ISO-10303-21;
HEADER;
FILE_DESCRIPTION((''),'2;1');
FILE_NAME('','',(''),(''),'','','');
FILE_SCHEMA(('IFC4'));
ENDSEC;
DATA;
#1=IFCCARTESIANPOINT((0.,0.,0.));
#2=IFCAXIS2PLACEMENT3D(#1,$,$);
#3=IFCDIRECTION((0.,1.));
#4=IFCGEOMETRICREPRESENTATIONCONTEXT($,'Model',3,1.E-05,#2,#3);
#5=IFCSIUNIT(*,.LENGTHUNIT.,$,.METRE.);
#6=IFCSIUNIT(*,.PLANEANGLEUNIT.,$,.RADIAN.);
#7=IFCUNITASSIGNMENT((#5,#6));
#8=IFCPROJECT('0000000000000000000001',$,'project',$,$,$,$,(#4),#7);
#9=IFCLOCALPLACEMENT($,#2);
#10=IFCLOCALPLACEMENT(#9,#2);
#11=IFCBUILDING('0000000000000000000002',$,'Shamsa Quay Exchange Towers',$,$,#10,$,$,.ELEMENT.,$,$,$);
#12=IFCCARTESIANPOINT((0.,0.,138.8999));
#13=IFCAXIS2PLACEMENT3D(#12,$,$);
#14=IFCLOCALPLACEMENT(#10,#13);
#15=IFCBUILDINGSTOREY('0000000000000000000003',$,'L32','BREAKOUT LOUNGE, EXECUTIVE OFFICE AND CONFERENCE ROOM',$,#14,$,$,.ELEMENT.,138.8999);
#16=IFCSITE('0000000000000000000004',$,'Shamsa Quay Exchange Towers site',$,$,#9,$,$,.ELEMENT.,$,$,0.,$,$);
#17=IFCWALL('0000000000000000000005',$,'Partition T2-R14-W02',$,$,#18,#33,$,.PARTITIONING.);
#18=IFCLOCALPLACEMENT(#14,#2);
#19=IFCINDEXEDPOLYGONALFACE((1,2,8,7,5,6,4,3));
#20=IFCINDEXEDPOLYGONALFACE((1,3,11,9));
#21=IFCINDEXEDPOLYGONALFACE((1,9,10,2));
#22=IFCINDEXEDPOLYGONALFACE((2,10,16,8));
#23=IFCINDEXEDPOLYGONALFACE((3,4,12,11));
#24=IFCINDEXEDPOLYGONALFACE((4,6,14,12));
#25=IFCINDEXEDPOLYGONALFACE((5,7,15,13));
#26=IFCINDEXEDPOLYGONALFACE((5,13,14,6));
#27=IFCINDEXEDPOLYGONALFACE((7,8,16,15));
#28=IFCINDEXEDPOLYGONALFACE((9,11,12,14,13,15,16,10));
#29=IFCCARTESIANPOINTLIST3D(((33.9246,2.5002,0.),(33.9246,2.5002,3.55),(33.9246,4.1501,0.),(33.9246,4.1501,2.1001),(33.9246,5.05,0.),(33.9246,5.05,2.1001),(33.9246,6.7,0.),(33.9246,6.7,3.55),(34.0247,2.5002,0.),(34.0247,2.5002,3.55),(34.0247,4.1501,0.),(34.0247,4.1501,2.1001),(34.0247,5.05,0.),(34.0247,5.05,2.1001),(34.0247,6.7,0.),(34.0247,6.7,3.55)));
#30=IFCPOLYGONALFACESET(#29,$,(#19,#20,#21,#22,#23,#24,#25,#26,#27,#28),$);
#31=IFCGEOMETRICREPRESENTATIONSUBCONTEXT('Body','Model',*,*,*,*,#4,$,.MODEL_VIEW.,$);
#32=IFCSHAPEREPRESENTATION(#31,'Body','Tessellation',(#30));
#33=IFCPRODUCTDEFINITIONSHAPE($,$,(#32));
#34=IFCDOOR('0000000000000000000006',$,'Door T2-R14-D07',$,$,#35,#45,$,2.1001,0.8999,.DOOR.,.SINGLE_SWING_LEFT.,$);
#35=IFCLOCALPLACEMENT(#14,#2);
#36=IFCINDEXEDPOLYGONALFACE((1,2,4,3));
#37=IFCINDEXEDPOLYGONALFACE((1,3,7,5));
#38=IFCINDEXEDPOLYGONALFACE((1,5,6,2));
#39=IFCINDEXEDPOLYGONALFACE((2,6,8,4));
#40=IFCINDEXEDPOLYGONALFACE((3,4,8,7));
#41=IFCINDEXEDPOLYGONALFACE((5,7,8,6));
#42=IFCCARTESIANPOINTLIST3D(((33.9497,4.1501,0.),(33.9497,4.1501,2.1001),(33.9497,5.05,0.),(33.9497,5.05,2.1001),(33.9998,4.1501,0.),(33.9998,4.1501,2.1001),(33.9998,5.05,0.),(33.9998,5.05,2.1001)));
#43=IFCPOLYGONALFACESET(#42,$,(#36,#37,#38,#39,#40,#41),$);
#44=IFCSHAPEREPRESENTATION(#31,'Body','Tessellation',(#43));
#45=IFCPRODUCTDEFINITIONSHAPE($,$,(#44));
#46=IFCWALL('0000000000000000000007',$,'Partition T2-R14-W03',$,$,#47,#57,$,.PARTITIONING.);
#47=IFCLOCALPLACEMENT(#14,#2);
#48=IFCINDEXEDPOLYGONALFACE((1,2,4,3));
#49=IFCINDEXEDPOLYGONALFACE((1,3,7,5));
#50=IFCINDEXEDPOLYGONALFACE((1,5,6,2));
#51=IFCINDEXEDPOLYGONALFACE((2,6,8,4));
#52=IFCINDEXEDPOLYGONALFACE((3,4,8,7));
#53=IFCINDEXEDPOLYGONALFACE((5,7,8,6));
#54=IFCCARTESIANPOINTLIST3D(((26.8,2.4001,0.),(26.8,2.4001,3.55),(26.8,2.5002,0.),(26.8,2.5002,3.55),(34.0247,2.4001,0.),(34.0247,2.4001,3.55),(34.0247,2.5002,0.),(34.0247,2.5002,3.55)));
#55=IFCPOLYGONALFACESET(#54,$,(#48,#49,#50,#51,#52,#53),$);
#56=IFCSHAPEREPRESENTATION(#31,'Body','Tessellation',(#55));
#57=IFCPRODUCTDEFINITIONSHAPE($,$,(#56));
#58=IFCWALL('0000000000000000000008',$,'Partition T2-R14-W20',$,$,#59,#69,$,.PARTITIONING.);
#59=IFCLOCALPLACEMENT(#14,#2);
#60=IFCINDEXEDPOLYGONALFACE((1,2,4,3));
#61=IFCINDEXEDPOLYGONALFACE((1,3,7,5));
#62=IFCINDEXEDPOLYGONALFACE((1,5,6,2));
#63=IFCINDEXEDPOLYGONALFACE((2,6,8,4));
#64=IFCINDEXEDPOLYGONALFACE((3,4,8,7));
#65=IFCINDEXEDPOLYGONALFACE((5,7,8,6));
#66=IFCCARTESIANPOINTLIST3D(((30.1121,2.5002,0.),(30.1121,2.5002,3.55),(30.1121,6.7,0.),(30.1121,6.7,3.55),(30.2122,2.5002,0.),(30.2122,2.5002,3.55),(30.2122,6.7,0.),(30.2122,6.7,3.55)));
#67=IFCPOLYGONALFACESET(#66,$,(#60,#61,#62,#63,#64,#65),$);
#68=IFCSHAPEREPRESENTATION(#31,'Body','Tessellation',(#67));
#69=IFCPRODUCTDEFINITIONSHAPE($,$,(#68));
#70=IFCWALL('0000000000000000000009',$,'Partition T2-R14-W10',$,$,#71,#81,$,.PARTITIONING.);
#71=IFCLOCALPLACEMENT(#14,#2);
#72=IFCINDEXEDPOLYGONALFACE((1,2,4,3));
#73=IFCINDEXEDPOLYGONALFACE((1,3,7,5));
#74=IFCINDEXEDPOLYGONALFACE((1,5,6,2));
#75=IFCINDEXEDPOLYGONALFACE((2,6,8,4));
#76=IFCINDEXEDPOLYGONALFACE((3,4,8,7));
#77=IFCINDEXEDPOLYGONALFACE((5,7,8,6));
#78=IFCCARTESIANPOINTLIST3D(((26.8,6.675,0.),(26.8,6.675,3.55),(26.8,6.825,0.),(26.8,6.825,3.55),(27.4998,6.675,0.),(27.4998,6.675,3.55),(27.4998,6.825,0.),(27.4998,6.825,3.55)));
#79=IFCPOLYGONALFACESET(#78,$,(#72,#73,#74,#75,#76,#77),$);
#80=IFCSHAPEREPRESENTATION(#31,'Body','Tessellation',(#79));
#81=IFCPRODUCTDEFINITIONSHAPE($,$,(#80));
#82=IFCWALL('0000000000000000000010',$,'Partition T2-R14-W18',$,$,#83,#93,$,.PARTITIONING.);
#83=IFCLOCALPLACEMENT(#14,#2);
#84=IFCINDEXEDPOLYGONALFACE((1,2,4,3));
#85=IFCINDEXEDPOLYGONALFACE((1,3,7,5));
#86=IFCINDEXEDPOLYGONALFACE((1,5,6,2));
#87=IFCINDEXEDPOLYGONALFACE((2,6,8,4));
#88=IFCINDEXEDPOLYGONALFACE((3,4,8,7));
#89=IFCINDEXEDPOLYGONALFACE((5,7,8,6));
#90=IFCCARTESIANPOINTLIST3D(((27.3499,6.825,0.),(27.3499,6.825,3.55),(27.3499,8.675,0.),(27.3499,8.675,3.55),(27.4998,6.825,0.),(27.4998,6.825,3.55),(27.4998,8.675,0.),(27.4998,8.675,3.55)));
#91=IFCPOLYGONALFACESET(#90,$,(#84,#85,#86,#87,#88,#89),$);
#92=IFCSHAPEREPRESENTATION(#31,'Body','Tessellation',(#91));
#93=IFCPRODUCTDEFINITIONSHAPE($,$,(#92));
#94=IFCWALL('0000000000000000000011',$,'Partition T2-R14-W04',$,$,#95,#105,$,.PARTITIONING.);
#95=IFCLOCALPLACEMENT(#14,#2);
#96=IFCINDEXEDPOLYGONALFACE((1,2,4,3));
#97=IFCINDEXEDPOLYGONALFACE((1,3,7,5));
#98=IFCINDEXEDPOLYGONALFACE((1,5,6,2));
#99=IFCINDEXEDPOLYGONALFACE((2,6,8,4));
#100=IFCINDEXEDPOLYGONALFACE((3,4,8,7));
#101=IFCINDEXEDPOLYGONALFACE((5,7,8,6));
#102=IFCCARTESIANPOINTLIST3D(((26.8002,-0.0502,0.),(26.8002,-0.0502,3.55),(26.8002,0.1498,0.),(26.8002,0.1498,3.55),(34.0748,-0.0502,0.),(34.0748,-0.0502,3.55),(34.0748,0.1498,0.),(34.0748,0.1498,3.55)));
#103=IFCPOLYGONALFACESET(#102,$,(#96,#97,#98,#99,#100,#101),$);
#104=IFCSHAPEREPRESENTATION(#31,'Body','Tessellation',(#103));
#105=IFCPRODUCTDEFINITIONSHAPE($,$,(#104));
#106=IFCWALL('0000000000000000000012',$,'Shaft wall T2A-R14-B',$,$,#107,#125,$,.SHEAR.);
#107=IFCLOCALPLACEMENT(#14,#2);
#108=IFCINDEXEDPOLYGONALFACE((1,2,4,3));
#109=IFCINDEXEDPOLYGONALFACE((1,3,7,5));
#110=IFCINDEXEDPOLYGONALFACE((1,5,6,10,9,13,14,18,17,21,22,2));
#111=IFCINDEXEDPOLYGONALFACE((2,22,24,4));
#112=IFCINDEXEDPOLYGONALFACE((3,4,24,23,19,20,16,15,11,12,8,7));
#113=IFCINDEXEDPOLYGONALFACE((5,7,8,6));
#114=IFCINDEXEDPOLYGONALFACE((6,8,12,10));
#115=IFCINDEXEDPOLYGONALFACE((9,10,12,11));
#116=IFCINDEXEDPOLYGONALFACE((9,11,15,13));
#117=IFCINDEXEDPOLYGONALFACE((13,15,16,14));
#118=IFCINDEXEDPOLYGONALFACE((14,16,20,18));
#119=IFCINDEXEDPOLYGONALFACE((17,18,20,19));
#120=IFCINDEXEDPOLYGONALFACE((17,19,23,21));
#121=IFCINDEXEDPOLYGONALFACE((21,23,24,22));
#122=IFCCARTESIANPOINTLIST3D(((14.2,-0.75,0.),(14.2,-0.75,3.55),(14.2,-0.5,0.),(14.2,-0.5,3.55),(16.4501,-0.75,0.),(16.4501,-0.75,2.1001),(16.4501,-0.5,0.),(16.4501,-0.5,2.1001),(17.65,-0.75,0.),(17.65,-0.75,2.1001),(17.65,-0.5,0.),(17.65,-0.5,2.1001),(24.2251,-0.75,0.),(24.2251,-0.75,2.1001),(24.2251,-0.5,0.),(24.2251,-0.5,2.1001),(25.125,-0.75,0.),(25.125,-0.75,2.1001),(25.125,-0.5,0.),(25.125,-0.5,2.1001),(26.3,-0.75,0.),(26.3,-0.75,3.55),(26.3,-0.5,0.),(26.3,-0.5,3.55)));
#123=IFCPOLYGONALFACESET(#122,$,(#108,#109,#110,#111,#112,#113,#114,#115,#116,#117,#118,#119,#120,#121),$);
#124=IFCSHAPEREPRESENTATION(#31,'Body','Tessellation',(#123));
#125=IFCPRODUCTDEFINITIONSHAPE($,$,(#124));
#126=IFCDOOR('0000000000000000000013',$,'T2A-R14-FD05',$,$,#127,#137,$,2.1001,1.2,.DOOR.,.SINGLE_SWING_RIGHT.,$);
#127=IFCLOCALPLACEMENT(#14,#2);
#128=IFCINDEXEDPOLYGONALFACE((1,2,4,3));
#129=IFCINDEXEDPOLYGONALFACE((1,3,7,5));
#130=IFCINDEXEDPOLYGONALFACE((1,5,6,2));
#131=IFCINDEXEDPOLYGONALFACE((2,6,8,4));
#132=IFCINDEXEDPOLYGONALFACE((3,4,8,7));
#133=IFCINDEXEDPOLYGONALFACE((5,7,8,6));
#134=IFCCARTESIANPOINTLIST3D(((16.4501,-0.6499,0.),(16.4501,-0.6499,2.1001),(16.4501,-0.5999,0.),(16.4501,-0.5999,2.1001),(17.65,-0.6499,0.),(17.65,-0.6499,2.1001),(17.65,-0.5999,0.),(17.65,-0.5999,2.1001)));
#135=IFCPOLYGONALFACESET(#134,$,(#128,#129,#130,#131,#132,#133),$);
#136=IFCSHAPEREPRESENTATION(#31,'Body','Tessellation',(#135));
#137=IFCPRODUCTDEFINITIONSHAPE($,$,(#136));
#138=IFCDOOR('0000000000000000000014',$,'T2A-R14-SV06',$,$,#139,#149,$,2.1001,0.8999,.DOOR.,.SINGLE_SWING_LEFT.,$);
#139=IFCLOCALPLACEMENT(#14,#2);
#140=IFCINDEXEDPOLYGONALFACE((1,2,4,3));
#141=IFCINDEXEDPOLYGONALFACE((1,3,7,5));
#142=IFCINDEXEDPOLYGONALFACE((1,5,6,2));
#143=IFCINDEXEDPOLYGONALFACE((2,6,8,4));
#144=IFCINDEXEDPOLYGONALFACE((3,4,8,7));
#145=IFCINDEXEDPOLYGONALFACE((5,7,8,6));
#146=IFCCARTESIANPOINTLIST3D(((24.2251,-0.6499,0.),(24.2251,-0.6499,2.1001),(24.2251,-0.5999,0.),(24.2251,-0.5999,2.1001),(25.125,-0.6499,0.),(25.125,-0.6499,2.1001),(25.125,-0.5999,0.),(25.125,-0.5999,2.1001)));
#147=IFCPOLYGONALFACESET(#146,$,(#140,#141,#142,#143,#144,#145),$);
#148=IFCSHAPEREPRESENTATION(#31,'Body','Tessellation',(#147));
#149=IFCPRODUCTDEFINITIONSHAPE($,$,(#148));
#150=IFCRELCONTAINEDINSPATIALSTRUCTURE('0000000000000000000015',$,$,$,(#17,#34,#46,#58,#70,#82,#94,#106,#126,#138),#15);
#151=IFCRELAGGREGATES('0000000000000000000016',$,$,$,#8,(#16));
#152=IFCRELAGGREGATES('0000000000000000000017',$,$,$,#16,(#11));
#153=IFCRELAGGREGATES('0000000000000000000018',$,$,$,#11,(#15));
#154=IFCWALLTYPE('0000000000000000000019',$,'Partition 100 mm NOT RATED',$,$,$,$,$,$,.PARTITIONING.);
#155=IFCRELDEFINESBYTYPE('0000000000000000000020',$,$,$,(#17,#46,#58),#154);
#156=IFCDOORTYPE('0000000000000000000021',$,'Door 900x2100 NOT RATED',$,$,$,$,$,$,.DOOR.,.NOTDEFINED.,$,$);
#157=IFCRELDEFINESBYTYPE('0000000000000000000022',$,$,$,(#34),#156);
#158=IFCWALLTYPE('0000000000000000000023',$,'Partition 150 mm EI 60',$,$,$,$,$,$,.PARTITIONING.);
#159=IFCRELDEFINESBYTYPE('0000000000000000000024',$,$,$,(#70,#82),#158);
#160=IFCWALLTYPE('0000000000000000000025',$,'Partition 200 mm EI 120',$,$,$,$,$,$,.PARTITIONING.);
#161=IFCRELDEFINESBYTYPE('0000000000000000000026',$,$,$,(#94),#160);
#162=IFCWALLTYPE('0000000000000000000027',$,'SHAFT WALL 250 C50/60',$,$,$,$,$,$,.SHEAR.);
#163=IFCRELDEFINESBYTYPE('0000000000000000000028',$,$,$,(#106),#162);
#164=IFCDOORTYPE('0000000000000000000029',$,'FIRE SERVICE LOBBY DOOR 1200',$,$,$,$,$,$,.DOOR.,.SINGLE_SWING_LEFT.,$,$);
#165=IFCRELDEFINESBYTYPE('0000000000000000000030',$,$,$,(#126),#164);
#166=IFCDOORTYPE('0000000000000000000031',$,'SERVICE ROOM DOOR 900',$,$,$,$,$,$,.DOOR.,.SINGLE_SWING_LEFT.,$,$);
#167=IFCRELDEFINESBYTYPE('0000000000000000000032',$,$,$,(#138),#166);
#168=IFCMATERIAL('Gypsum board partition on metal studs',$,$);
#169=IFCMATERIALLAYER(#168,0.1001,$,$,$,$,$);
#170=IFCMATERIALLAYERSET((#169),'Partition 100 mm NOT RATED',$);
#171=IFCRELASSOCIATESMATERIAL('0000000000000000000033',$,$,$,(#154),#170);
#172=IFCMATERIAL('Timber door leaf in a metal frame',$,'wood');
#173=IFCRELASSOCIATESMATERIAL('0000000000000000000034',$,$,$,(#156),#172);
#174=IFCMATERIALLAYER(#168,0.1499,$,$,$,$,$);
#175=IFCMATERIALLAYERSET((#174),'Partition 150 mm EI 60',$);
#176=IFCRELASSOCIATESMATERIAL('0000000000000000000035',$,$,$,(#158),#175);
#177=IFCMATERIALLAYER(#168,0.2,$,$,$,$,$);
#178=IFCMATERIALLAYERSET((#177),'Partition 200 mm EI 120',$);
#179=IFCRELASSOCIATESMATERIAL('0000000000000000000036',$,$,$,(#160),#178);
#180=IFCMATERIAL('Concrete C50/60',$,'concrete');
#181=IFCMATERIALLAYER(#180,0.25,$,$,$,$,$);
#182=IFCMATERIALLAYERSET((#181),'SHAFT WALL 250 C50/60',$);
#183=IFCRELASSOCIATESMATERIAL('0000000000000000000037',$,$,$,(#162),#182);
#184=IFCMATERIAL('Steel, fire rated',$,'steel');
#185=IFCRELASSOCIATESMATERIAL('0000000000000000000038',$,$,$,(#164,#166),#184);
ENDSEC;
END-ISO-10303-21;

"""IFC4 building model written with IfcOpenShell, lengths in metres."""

from ifc_helpers import new_model, si_unit, direction, frame, frame_2d, origin, place, context, subcontext, project, spatial, rectangle, extrude, material, layer, layer_set, type_object, element, fill, save


model = new_model("IFC4")

# Units and contexts
model_context = context("Model", 3, precision=1e-05, world=origin(), true_north=direction((0.0, 1.0)))
body_context = subcontext(model_context, "Body", "Model", "MODEL_VIEW")
ifc_project = project(units=[si_unit("LENGTHUNIT", "METRE"), si_unit("PLANEANGLEUNIT", "RADIAN")], contexts=[model_context])

# Site, building, storey
site_placement = place(None, origin())
site = spatial("IfcSite", under=ifc_project, at=site_placement, Name="Shamsa Quay Exchange Towers site", CompositionType="ELEMENT", RefElevation=0.0)
building_placement = place(site_placement, origin())
building = spatial("IfcBuilding", under=site, at=building_placement, Name="Shamsa Quay Exchange Towers", CompositionType="ELEMENT")
storey_placement = place(building_placement, frame((0.0, 0.0, 138.8999)))
storey = spatial("IfcBuildingStorey", under=building, at=storey_placement, Name="L32", Description="BREAKOUT LOUNGE, EXECUTIVE OFFICE AND CONFERENCE ROOM", CompositionType="ELEMENT", Elevation=138.8999)

# Shared definitions
ifc_material_1 = material(Name="Steel, fire rated", Category="steel")

# Wall, opening, door
ifc_material_2 = material(Name="Gypsum board partition on metal studs")
ifc_layer_1 = layer(ifc_material_2, 0.1001)
ifc_layer_set_1 = layer_set([ifc_layer_1], Name="Partition 100 mm NOT RATED")
wall_type_1 = type_object("IfcWallType", Name="Partition 100 mm NOT RATED", PredefinedType="PARTITIONING", material=ifc_layer_set_1)
ifc_material_3 = material(Name="Timber door leaf in a metal frame", Category="wood")
door_type_1 = type_object("IfcDoorType", Name="Door 900x2100 NOT RATED", OperationType="NOTDEFINED", PredefinedType="DOOR", material=ifc_material_3)
wall_1_placement = place(storey_placement, frame((33.9746, 2.5002, 0.0), z_axis=(0.0, 0.0, 1.0), x_axis=(0.0, 1.0, 0.0)))
wall_1 = element("IfcWall", 1, at=wall_1_placement, inside=storey, type_object=wall_type_1, Name="Partition T2-R14-W02", PredefinedType="PARTITIONING", context=body_context, shape_type="SweptSolid", body=[
    extrude(rectangle(XDim=4.1997, YDim=0.1001, at=frame_2d((2.0999, 0.0))), origin(), (0.0, 0.0, 1.0), 3.55),
])
opening_1_placement = place(wall_1_placement, frame((1.6499, 0.0, 0.0)))
opening_1 = element("IfcOpeningElement", 2, at=opening_1_placement, cuts=wall_1, PredefinedType="OPENING", context=body_context, shape_type="SweptSolid", body=[
    extrude(rectangle(XDim=0.8999, YDim=2.1001, at=frame_2d((0.45, 1.05))), frame((0.0, 0.0601, 0.0), z_axis=(0.0, -1.0, 0.0), x_axis=(1.0, 0.0, 0.0)), (0.0, 0.0, 1.0), 0.1201),
])
door_1_placement = place(opening_1_placement, origin())
door_1 = element("IfcDoor", 3, at=door_1_placement, inside=storey, type_object=door_type_1, Name="Door T2-R14-D07", OperationType="SINGLE_SWING_LEFT", OverallHeight=2.1001, OverallWidth=0.8999, PredefinedType="DOOR", context=body_context, shape_type="SweptSolid", body=[
    extrude(rectangle(XDim=0.8999, YDim=2.1001, at=frame_2d((0.45, 1.05))), frame((0.0, 0.0249, 0.0), z_axis=(0.0, -1.0, 0.0), x_axis=(1.0, 0.0, 0.0)), (0.0, 0.0, 1.0), 0.05),
])
fill(opening_1, door_1)

# Walls
wall_2_placement = place(storey_placement, frame((26.8, 2.4502, 0.0)))
element("IfcWall", 4, at=wall_2_placement, inside=storey, type_object=wall_type_1, Name="Partition T2-R14-W03", PredefinedType="PARTITIONING", context=body_context, shape_type="SweptSolid", body=[
    extrude(rectangle(XDim=7.2246, YDim=0.1001, at=frame_2d((3.6123, 0.0))), origin(), (0.0, 0.0, 1.0), 3.55),
])
wall_3_placement = place(storey_placement, frame((30.1621, 6.7, 0.0), z_axis=(0.0, 0.0, 1.0), x_axis=(0.0, -1.0, 0.0)))
element("IfcWall", 5, at=wall_3_placement, inside=storey, type_object=wall_type_1, Name="Partition T2-R14-W20", PredefinedType="PARTITIONING", context=body_context, shape_type="SweptSolid", body=[
    extrude(rectangle(XDim=4.1997, YDim=0.1001, at=frame_2d((2.0999, 0.0))), origin(), (0.0, 0.0, 1.0), 3.55),
])
ifc_layer_2 = layer(ifc_material_2, 0.1499)
ifc_layer_set_2 = layer_set([ifc_layer_2], Name="Partition 150 mm EI 60")
wall_type_2 = type_object("IfcWallType", Name="Partition 150 mm EI 60", PredefinedType="PARTITIONING", material=ifc_layer_set_2)
wall_4_placement = place(storey_placement, frame((27.4998, 6.75, 0.0), z_axis=(0.0, 0.0, 1.0), x_axis=(-1.0, 0.0, 0.0)))
element("IfcWall", 6, at=wall_4_placement, inside=storey, type_object=wall_type_2, Name="Partition T2-R14-W10", PredefinedType="PARTITIONING", context=body_context, shape_type="SweptSolid", body=[
    extrude(rectangle(XDim=0.6997, YDim=0.1499, at=frame_2d((0.3499, 0.0))), origin(), (0.0, 0.0, 1.0), 3.55),
])
wall_5_placement = place(storey_placement, frame((27.4248, 8.675, 0.0), z_axis=(0.0, 0.0, 1.0), x_axis=(0.0, -1.0, 0.0)))
element("IfcWall", 7, at=wall_5_placement, inside=storey, type_object=wall_type_2, Name="Partition T2-R14-W18", PredefinedType="PARTITIONING", context=body_context, shape_type="SweptSolid", body=[
    extrude(rectangle(XDim=1.8501, YDim=0.1499, at=frame_2d((0.925, 0.0))), origin(), (0.0, 0.0, 1.0), 3.55),
])
ifc_layer_3 = layer(ifc_material_2, 0.2)
ifc_layer_set_3 = layer_set([ifc_layer_3], Name="Partition 200 mm EI 120")
wall_type_3 = type_object("IfcWallType", Name="Partition 200 mm EI 120", PredefinedType="PARTITIONING", material=ifc_layer_set_3)
wall_6_placement = place(storey_placement, frame((34.0747, 0.0498, 0.0), z_axis=(0.0, 0.0, 1.0), x_axis=(-1.0, 0.0, 0.0)))
element("IfcWall", 8, at=wall_6_placement, inside=storey, type_object=wall_type_3, Name="Partition T2-R14-W04", PredefinedType="PARTITIONING", context=body_context, shape_type="SweptSolid", body=[
    extrude(rectangle(XDim=7.2747, YDim=0.2, at=frame_2d((3.6372, 0.0))), origin(), (0.0, 0.0, 1.0), 3.55),
])

# Wall, openings, doors
ifc_material_4 = material(Name="Concrete C50/60", Category="concrete")
ifc_layer_4 = layer(ifc_material_4, 0.25)
ifc_layer_set_4 = layer_set([ifc_layer_4], Name="SHAFT WALL 250 C50/60")
wall_type_4 = type_object("IfcWallType", Name="SHAFT WALL 250 C50/60", PredefinedType="SHEAR", material=ifc_layer_set_4)
wall_7_placement = place(storey_placement, frame((26.3, -0.625, 0.0), z_axis=(0.0, 0.0, 1.0), x_axis=(-1.0, 0.0, 0.0)))
wall_7 = element("IfcWall", 9, at=wall_7_placement, inside=storey, type_object=wall_type_4, Name="Shaft wall T2A-R14-B", PredefinedType="SHEAR", context=body_context, shape_type="SweptSolid", body=[
    extrude(rectangle(XDim=12.1001, YDim=0.25, at=frame_2d((6.05, 0.0))), origin(), (0.0, 0.0, 1.0), 3.55),
])
opening_2_placement = place(wall_7_placement, frame((8.6499, 0.0, 0.0)))
opening_2 = element("IfcOpeningElement", 10, at=opening_2_placement, cuts=wall_7, PredefinedType="OPENING", context=body_context, shape_type="SweptSolid", body=[
    extrude(rectangle(XDim=1.2, YDim=2.1001, at=frame_2d((0.6001, 1.05))), frame((0.0, 0.135, 0.0), z_axis=(0.0, -1.0, 0.0), x_axis=(1.0, 0.0, 0.0)), (0.0, 0.0, 1.0), 0.27),
])
opening_3_placement = place(wall_7_placement, frame((1.175, 0.0, 0.0)))
opening_3 = element("IfcOpeningElement", 11, at=opening_3_placement, cuts=wall_7, PredefinedType="OPENING", context=body_context, shape_type="SweptSolid", body=[
    extrude(rectangle(XDim=0.8999, YDim=2.1001, at=frame_2d((0.45, 1.05))), frame((0.0, 0.135, 0.0), z_axis=(0.0, -1.0, 0.0), x_axis=(1.0, 0.0, 0.0)), (0.0, 0.0, 1.0), 0.27),
])
door_type_2 = type_object("IfcDoorType", Name="FIRE SERVICE LOBBY DOOR 1200", OperationType="SINGLE_SWING_LEFT", PredefinedType="DOOR", material=ifc_material_1)
door_2_placement = place(opening_2_placement, origin())
door_2 = element("IfcDoor", 12, at=door_2_placement, inside=storey, type_object=door_type_2, Name="T2A-R14-FD05", OperationType="SINGLE_SWING_RIGHT", OverallHeight=2.1001, OverallWidth=1.2, PredefinedType="DOOR", context=body_context, shape_type="SweptSolid", body=[
    extrude(rectangle(XDim=1.2, YDim=2.1001, at=frame_2d((0.6001, 1.05))), frame((0.0, 0.0249, 0.0), z_axis=(0.0, -1.0, 0.0), x_axis=(1.0, 0.0, 0.0)), (0.0, 0.0, 1.0), 0.05),
])
fill(opening_2, door_2)
door_type_3 = type_object("IfcDoorType", Name="SERVICE ROOM DOOR 900", OperationType="SINGLE_SWING_LEFT", PredefinedType="DOOR", material=ifc_material_1)
door_3_placement = place(opening_3_placement, origin())
door_3 = element("IfcDoor", 13, at=door_3_placement, inside=storey, type_object=door_type_3, Name="T2A-R14-SV06", OperationType="SINGLE_SWING_LEFT", OverallHeight=2.1001, OverallWidth=0.8999, PredefinedType="DOOR", context=body_context, shape_type="SweptSolid", body=[
    extrude(rectangle(XDim=0.8999, YDim=2.1001, at=frame_2d((0.45, 1.05))), frame((0.0, 0.0249, 0.0), z_axis=(0.0, -1.0, 0.0), x_axis=(1.0, 0.0, 0.0)), (0.0, 0.0, 1.0), 0.05),
])
fill(opening_3, door_3)

save(model, "model.ifc")
